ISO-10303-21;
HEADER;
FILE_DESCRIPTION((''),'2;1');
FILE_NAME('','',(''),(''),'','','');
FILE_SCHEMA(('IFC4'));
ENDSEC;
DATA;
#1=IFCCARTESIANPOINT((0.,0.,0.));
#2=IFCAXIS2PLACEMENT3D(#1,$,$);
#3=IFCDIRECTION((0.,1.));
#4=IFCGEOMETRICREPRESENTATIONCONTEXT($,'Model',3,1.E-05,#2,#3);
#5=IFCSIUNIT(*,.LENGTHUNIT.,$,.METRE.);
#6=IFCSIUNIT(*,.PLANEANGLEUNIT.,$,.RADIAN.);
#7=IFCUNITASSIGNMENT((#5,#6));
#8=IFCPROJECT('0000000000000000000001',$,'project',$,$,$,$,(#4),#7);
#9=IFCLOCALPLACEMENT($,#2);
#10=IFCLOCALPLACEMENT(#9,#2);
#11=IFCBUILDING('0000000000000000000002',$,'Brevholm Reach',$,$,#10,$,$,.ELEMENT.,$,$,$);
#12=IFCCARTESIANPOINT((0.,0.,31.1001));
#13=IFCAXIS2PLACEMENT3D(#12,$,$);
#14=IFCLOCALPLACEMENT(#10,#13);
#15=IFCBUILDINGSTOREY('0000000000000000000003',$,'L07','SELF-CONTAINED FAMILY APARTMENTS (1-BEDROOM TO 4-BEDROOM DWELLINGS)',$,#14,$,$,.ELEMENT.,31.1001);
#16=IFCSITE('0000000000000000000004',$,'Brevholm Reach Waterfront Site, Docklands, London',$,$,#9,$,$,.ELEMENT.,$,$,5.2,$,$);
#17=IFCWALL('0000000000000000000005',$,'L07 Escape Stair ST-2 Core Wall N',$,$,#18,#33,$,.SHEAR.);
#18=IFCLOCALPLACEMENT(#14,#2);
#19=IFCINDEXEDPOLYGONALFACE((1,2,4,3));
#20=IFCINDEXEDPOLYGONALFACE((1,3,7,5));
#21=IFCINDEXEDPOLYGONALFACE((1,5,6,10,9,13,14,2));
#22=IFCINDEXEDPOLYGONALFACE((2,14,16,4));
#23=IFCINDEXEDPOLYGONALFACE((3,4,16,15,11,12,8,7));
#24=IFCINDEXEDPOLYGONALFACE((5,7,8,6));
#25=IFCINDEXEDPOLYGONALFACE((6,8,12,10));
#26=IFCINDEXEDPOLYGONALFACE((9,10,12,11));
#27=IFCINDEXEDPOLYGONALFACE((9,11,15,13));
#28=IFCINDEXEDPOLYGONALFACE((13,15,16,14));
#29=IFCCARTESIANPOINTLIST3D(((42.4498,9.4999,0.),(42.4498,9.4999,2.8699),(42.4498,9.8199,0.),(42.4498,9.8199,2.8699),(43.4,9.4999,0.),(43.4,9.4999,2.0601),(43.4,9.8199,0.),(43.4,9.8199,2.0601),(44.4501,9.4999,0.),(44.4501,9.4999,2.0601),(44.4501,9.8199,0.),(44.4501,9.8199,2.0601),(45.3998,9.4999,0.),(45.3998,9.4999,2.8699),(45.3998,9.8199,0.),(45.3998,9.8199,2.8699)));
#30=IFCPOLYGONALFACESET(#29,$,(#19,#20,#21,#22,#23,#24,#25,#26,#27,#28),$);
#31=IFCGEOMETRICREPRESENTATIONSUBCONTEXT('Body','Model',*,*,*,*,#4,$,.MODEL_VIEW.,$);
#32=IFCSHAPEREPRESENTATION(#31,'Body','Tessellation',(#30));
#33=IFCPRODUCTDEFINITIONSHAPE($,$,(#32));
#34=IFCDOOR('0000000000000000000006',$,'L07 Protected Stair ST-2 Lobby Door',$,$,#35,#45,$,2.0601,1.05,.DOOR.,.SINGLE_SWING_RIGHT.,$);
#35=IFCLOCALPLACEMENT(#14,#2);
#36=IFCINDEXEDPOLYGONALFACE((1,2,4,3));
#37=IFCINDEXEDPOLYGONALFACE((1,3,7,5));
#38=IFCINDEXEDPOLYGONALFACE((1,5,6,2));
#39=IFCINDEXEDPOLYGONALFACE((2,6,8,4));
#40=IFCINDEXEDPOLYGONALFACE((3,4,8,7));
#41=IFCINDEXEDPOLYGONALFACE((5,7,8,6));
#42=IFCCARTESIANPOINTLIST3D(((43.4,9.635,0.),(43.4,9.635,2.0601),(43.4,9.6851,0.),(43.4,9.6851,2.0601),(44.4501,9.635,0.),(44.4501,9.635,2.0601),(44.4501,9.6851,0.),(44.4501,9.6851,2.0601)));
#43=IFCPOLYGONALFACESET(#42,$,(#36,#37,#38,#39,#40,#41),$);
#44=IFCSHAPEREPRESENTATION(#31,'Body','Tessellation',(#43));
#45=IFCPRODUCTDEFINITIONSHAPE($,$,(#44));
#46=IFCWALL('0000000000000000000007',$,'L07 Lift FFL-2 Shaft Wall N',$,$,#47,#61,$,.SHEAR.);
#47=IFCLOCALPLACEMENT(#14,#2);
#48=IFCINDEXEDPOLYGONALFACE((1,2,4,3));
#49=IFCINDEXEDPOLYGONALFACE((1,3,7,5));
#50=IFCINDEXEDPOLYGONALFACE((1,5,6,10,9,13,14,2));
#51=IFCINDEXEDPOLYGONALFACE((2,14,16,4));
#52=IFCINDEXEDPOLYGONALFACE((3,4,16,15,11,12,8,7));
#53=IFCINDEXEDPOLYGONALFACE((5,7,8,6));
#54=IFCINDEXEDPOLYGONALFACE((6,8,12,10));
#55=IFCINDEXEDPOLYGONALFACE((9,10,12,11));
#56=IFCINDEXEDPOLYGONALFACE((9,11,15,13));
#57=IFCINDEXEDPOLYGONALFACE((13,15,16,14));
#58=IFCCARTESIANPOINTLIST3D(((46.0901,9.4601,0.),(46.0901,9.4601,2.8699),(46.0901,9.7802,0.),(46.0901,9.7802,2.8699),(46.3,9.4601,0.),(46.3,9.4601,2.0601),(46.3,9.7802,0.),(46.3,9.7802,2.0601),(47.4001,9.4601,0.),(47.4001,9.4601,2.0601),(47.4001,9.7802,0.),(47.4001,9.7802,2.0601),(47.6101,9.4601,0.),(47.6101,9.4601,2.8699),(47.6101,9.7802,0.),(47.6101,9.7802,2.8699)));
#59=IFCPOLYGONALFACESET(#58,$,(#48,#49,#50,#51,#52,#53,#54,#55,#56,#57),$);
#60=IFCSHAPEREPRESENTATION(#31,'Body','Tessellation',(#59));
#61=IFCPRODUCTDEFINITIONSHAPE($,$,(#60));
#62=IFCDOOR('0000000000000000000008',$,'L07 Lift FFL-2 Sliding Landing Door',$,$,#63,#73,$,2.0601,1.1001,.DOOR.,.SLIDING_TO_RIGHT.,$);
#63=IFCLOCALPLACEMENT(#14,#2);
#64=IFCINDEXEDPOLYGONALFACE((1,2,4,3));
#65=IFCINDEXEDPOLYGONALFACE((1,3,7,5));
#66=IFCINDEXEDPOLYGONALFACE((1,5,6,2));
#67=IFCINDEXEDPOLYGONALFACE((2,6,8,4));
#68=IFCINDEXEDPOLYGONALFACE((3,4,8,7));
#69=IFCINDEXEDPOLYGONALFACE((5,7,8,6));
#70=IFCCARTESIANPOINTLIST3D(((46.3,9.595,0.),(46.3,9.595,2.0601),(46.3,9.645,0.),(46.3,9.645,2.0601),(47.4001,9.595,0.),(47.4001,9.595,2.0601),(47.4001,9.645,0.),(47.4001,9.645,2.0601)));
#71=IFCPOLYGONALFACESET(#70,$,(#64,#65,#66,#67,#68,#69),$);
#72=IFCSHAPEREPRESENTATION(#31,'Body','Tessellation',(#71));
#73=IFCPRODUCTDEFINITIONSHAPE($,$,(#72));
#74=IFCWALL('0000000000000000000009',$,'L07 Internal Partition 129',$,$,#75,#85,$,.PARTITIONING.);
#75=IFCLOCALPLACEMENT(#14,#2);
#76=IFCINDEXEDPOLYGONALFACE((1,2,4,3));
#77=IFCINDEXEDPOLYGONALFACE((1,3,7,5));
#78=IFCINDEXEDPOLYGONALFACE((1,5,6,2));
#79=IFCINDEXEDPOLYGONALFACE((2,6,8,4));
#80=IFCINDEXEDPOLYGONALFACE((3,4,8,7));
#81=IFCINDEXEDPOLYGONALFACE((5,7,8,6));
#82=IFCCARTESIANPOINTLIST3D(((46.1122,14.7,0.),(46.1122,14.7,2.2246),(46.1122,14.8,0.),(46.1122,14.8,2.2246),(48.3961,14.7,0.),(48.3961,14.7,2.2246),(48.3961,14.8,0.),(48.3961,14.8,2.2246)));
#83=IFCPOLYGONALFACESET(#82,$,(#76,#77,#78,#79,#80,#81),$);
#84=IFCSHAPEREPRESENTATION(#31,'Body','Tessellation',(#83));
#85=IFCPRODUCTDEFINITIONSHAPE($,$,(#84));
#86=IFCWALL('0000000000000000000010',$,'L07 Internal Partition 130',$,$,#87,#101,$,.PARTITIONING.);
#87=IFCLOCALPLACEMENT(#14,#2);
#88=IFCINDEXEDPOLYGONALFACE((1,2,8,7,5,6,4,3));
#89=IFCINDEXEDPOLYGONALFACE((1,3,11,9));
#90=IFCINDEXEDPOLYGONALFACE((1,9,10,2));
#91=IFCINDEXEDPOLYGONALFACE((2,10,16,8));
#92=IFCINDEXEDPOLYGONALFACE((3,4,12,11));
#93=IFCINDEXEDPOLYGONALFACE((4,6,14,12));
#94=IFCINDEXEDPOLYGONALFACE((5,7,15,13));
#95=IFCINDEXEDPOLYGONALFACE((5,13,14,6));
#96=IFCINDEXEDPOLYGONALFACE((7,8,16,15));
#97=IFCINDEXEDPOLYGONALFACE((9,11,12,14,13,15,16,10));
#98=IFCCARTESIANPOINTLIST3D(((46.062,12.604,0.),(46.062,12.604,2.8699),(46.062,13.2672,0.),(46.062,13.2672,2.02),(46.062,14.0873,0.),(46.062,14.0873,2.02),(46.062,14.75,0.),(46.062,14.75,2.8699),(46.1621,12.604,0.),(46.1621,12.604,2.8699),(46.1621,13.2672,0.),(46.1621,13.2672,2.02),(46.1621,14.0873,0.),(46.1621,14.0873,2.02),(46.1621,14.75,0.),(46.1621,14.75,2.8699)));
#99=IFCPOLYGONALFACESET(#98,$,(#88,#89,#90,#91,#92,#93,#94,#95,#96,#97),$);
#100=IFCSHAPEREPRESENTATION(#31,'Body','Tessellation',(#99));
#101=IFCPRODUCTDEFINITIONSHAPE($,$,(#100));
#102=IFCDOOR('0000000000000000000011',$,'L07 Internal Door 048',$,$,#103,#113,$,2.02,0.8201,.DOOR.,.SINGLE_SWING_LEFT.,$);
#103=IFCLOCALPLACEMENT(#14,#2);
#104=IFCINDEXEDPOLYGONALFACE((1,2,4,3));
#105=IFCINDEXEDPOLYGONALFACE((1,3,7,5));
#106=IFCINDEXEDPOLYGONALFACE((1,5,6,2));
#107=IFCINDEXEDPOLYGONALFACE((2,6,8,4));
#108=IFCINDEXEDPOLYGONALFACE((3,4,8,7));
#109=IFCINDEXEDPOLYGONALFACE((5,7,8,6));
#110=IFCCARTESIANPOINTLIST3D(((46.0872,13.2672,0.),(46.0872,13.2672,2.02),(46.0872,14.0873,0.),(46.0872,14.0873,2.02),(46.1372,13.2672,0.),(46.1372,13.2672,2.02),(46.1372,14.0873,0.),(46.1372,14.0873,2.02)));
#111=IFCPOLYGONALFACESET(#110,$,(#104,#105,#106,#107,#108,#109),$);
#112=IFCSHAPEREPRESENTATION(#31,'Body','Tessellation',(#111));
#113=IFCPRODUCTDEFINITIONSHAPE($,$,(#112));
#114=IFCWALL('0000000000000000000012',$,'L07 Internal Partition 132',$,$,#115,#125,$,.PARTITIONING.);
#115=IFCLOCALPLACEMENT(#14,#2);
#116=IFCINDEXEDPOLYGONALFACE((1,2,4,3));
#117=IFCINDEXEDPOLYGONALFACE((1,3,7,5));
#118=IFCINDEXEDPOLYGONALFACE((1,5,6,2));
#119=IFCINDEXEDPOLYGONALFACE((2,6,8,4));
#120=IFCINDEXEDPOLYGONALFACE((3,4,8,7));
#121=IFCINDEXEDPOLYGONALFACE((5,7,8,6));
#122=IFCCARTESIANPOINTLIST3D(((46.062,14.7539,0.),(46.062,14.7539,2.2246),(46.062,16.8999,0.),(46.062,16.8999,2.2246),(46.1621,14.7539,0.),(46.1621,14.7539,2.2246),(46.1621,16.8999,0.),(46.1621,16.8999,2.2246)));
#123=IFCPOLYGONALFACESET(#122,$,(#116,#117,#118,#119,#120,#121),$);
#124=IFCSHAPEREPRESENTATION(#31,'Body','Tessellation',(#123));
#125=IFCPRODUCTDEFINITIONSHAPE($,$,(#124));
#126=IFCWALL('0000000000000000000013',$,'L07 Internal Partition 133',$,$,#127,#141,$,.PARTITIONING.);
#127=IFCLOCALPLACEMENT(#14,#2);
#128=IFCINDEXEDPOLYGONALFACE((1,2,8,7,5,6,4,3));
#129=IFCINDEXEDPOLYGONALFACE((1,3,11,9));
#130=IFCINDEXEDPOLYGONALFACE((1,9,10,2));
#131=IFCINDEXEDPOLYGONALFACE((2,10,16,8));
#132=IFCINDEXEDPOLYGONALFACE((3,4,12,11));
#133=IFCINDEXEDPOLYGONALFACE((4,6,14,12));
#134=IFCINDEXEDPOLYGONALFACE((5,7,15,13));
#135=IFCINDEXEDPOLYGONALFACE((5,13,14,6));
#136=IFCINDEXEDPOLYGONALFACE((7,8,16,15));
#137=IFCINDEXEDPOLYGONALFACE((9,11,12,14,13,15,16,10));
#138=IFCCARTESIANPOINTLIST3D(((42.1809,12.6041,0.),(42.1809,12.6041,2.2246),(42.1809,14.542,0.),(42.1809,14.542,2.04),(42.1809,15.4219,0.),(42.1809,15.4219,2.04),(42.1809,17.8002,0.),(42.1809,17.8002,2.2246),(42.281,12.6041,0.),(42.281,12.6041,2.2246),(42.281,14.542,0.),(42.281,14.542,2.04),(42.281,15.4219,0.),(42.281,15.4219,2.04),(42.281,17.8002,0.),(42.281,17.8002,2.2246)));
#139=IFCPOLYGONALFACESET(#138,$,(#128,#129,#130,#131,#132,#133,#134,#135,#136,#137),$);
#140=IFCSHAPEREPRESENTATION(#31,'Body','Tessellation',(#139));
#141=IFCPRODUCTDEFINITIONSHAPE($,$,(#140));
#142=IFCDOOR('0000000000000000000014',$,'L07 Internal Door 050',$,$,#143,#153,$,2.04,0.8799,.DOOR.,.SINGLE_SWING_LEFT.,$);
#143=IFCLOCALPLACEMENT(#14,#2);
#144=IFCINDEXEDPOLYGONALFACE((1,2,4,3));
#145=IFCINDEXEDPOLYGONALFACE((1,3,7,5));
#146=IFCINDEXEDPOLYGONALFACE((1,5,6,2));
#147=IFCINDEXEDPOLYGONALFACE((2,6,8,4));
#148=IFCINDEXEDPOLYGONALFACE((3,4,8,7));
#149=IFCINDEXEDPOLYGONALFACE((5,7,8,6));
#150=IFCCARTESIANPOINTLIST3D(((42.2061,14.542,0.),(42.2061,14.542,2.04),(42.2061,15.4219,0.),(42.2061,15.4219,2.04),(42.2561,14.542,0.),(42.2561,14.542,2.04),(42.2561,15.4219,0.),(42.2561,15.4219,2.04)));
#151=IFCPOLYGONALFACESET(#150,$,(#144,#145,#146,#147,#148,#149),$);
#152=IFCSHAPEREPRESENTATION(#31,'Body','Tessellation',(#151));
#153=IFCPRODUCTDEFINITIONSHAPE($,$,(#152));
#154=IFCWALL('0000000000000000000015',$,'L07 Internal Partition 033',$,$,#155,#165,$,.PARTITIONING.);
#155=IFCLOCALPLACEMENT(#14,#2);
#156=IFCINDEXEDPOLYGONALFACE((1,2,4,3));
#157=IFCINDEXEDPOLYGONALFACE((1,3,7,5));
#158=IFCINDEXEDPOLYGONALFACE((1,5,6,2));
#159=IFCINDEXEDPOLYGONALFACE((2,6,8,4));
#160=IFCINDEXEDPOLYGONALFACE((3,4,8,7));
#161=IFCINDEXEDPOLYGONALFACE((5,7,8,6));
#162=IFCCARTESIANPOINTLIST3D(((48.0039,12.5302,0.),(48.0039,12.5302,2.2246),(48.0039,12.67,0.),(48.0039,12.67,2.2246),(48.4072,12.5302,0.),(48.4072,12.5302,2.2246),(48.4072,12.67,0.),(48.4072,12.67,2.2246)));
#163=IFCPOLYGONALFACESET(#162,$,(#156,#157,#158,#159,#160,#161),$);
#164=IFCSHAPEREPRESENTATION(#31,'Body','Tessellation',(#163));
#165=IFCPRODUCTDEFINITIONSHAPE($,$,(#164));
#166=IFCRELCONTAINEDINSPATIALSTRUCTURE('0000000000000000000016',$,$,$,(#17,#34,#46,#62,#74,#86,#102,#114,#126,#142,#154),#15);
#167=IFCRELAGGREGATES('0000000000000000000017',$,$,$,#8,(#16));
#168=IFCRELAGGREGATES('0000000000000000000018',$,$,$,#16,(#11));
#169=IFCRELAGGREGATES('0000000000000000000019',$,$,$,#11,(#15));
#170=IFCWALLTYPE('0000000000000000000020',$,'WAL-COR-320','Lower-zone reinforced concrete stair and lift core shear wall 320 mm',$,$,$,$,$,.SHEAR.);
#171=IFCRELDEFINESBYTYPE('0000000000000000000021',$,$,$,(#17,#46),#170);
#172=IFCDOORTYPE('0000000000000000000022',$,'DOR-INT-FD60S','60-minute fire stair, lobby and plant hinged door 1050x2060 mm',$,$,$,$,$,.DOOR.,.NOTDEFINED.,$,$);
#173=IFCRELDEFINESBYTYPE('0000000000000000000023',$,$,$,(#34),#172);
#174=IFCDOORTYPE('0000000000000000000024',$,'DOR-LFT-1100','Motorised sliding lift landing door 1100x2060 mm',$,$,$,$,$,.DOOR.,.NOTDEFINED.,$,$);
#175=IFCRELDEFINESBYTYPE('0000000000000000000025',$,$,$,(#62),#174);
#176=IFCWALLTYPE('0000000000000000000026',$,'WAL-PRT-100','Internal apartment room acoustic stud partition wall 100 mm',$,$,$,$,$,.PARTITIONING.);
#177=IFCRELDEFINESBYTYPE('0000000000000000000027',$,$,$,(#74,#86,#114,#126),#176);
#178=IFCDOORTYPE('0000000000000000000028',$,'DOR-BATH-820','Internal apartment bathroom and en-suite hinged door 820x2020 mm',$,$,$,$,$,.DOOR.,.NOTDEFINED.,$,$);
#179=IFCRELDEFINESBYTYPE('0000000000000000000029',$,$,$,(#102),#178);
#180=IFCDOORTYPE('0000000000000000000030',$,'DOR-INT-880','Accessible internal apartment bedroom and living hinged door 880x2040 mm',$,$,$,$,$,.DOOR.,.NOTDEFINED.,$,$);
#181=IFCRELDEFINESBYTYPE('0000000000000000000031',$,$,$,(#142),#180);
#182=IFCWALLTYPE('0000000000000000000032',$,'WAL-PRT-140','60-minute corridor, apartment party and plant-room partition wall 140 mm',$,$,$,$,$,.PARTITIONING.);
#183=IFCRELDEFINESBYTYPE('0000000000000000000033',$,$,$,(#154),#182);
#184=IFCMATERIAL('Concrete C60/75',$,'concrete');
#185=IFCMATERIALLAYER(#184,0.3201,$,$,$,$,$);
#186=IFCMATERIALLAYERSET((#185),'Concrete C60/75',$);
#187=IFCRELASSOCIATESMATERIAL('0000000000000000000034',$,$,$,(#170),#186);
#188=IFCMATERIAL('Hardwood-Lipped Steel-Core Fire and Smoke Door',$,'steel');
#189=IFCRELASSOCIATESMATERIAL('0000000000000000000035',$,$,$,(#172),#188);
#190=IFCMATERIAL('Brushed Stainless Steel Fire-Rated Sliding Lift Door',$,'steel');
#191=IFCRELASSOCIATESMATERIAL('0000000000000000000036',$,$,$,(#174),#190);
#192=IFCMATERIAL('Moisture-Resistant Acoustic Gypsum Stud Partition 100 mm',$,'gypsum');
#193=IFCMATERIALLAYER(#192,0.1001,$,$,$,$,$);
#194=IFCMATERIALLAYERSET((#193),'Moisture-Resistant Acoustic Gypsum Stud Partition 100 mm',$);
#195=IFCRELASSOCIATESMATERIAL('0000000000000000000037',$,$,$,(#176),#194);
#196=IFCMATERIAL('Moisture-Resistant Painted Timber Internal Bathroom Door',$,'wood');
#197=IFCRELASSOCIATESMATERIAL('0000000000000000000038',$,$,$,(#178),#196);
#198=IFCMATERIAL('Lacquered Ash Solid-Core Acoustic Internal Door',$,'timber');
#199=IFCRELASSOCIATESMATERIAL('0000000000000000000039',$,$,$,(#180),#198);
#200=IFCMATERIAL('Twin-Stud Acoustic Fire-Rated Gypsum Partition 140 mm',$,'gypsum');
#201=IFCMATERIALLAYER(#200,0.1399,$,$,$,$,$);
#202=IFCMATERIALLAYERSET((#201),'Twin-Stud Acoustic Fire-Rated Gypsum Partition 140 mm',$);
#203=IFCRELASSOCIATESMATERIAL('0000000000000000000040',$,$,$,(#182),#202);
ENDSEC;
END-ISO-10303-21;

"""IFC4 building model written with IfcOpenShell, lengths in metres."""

from ifc_helpers import new_model, si_unit, direction, frame, frame_2d, origin, place, context, subcontext, project, spatial, rectangle, extrude, material, layer, layer_set, type_object, element, fill, save


model = new_model("IFC4")

# Units and contexts
model_context = context("Model", 3, precision=1e-05, world=origin(), true_north=direction((0.0, 1.0)))
body_context = subcontext(model_context, "Body", "Model", "MODEL_VIEW")
ifc_project = project(units=[si_unit("LENGTHUNIT", "METRE"), si_unit("PLANEANGLEUNIT", "RADIAN")], contexts=[model_context])

# Site, building, storey
site_placement = place(None, origin())
site = spatial("IfcSite", under=ifc_project, at=site_placement, Name="Brevholm Reach Waterfront Site, Docklands, London", CompositionType="ELEMENT", RefElevation=5.2)
building_placement = place(site_placement, origin())
building = spatial("IfcBuilding", under=site, at=building_placement, Name="Brevholm Reach", CompositionType="ELEMENT")
storey_placement = place(building_placement, frame((0.0, 0.0, 31.1001)))
storey = spatial("IfcBuildingStorey", under=building, at=storey_placement, Name="L07", Description="SELF-CONTAINED FAMILY APARTMENTS (1-BEDROOM TO 4-BEDROOM DWELLINGS)", CompositionType="ELEMENT", Elevation=31.1001)

# Walls, openings, doors
ifc_material_1 = material(Name="Concrete C60/75", Category="concrete")
ifc_layer_1 = layer(ifc_material_1, 0.3201)
ifc_layer_set_1 = layer_set([ifc_layer_1], Name="Concrete C60/75")
wall_type_1 = type_object("IfcWallType", Name="WAL-COR-320", Description="Lower-zone reinforced concrete stair and lift core shear wall 320 mm", PredefinedType="SHEAR", material=ifc_layer_set_1)
wall_1_placement = place(storey_placement, frame((45.3999, 9.6599, 0.0), z_axis=(0.0, 0.0, 1.0), x_axis=(-1.0, 0.0, 0.0)))
wall_1 = element("IfcWall", 1, at=wall_1_placement, inside=storey, type_object=wall_type_1, Name="L07 Escape Stair ST-2 Core Wall N", PredefinedType="SHEAR", context=body_context, shape_type="SweptSolid", body=[
    extrude(rectangle(XDim=2.95, YDim=0.3201, at=frame_2d((1.4751, 0.0))), origin(), (0.0, 0.0, 1.0), 2.8699),
])
opening_1_placement = place(wall_1_placement, frame((0.95, 0.0, 0.0)))
opening_1 = element("IfcOpeningElement", 2, at=opening_1_placement, cuts=wall_1, PredefinedType="OPENING", context=body_context, shape_type="SweptSolid", body=[
    extrude(rectangle(XDim=1.05, YDim=2.0601, at=frame_2d((0.5249, 1.03))), frame((0.0, 0.1699, 0.0), z_axis=(0.0, -1.0, 0.0), x_axis=(1.0, 0.0, 0.0)), (0.0, 0.0, 1.0), 0.3401),
])
ifc_material_2 = material(Name="Hardwood-Lipped Steel-Core Fire and Smoke Door", Category="steel")
door_type_1 = type_object("IfcDoorType", Name="DOR-INT-FD60S", Description="60-minute fire stair, lobby and plant hinged door 1050x2060 mm", OperationType="NOTDEFINED", PredefinedType="DOOR", material=ifc_material_2)
door_1_placement = place(opening_1_placement, origin())
door_1 = element("IfcDoor", 3, at=door_1_placement, inside=storey, type_object=door_type_1, Name="L07 Protected Stair ST-2 Lobby Door", OperationType="SINGLE_SWING_RIGHT", OverallHeight=2.0601, OverallWidth=1.05, PredefinedType="DOOR", context=body_context, shape_type="SweptSolid", body=[
    extrude(rectangle(XDim=1.05, YDim=2.0601, at=frame_2d((0.5249, 1.03))), frame((0.0, 0.0249, 0.0), z_axis=(0.0, -1.0, 0.0), x_axis=(1.0, 0.0, 0.0)), (0.0, 0.0, 1.0), 0.05),
])
fill(opening_1, door_1)
wall_2_placement = place(storey_placement, frame((46.0901, 9.6201, 0.0), z_axis=(0.0, 0.0, 1.0), x_axis=(1.0, 0.0, 0.0)))
wall_2 = element("IfcWall", 4, at=wall_2_placement, inside=storey, type_object=wall_type_1, Name="L07 Lift FFL-2 Shaft Wall N", PredefinedType="SHEAR", context=body_context, shape_type="SweptSolid", body=[
    extrude(rectangle(XDim=1.52, YDim=0.3201, at=frame_2d((0.76, 0.0))), origin(), (0.0, 0.0, 1.0), 2.8699),
])
opening_2_placement = place(wall_2_placement, frame((0.21, 0.0, 0.0)))
opening_2 = element("IfcOpeningElement", 5, at=opening_2_placement, cuts=wall_2, PredefinedType="OPENING", context=body_context, shape_type="SweptSolid", body=[
    extrude(rectangle(XDim=1.1001, YDim=2.0601, at=frame_2d((0.55, 1.03))), frame((0.0, 0.1699, 0.0), z_axis=(0.0, -1.0, 0.0), x_axis=(1.0, 0.0, 0.0)), (0.0, 0.0, 1.0), 0.3401),
])
ifc_material_3 = material(Name="Brushed Stainless Steel Fire-Rated Sliding Lift Door", Category="steel")
door_type_2 = type_object("IfcDoorType", Name="DOR-LFT-1100", Description="Motorised sliding lift landing door 1100x2060 mm", OperationType="NOTDEFINED", PredefinedType="DOOR", material=ifc_material_3)
door_2_placement = place(opening_2_placement, origin())
door_2 = element("IfcDoor", 6, at=door_2_placement, inside=storey, type_object=door_type_2, Name="L07 Lift FFL-2 Sliding Landing Door", OperationType="SLIDING_TO_RIGHT", OverallHeight=2.0601, OverallWidth=1.1001, PredefinedType="DOOR", context=body_context, shape_type="SweptSolid", body=[
    extrude(rectangle(XDim=1.1001, YDim=2.0601, at=frame_2d((0.55, 1.03))), frame((0.0, 0.0249, 0.0), z_axis=(0.0, -1.0, 0.0), x_axis=(1.0, 0.0, 0.0)), (0.0, 0.0, 1.0), 0.05),
])
fill(opening_2, door_2)

# Wall
ifc_material_4 = material(Name="Moisture-Resistant Acoustic Gypsum Stud Partition 100 mm", Category="gypsum")
ifc_layer_2 = layer(ifc_material_4, 0.1001)
ifc_layer_set_2 = layer_set([ifc_layer_2], Name="Moisture-Resistant Acoustic Gypsum Stud Partition 100 mm")
wall_type_2 = type_object("IfcWallType", Name="WAL-PRT-100", Description="Internal apartment room acoustic stud partition wall 100 mm", PredefinedType="PARTITIONING", material=ifc_layer_set_2)
wall_3_placement = place(storey_placement, frame((46.1121, 14.75, 0.0), z_axis=(0.0, 0.0, 1.0), x_axis=(1.0, 0.0, 0.0)))
element("IfcWall", 7, at=wall_3_placement, inside=storey, type_object=wall_type_2, Name="L07 Internal Partition 129", PredefinedType="PARTITIONING", context=body_context, shape_type="SweptSolid", body=[
    extrude(rectangle(XDim=2.2839, YDim=0.1001, at=frame_2d((1.1421, 0.0))), origin(), (0.0, 0.0, 1.0), 2.2246),
])

# Wall, opening, door
wall_4_placement = place(storey_placement, frame((46.1121, 12.604, 0.0), z_axis=(0.0, 0.0, 1.0), x_axis=(0.0, 1.0, 0.0)))
wall_4 = element("IfcWall", 8, at=wall_4_placement, inside=storey, type_object=wall_type_2, Name="L07 Internal Partition 130", PredefinedType="PARTITIONING", context=body_context, shape_type="SweptSolid", body=[
    extrude(rectangle(XDim=2.146, YDim=0.1001, at=frame_2d((1.073, 0.0))), origin(), (0.0, 0.0, 1.0), 2.8699),
])
opening_3_placement = place(wall_4_placement, frame((0.6631, 0.0, 0.0)))
opening_3 = element("IfcOpeningElement", 9, at=opening_3_placement, cuts=wall_4, PredefinedType="OPENING", context=body_context, shape_type="SweptSolid", body=[
    extrude(rectangle(XDim=0.8201, YDim=2.02, at=frame_2d((0.4102, 1.01))), frame((0.0, 0.0601, 0.0), z_axis=(0.0, -1.0, 0.0), x_axis=(1.0, 0.0, 0.0)), (0.0, 0.0, 1.0), 0.1201),
])
ifc_material_5 = material(Name="Moisture-Resistant Painted Timber Internal Bathroom Door", Category="wood")
door_type_3 = type_object("IfcDoorType", Name="DOR-BATH-820", Description="Internal apartment bathroom and en-suite hinged door 820x2020 mm", OperationType="NOTDEFINED", PredefinedType="DOOR", material=ifc_material_5)
door_3_placement = place(opening_3_placement, origin())
door_3 = element("IfcDoor", 10, at=door_3_placement, inside=storey, type_object=door_type_3, Name="L07 Internal Door 048", OperationType="SINGLE_SWING_LEFT", OverallHeight=2.02, OverallWidth=0.8201, PredefinedType="DOOR", context=body_context, shape_type="SweptSolid", body=[
    extrude(rectangle(XDim=0.8201, YDim=2.02, at=frame_2d((0.4102, 1.01))), frame((0.0, 0.0249, 0.0), z_axis=(0.0, -1.0, 0.0), x_axis=(1.0, 0.0, 0.0)), (0.0, 0.0, 1.0), 0.05),
])
fill(opening_3, door_3)

# Wall
wall_5_placement = place(storey_placement, frame((46.1121, 14.7539, 0.0), z_axis=(0.0, 0.0, 1.0), x_axis=(0.0, 1.0, 0.0)))
element("IfcWall", 11, at=wall_5_placement, inside=storey, type_object=wall_type_2, Name="L07 Internal Partition 132", PredefinedType="PARTITIONING", context=body_context, shape_type="SweptSolid", body=[
    extrude(rectangle(XDim=2.146, YDim=0.1001, at=frame_2d((1.073, 0.0))), origin(), (0.0, 0.0, 1.0), 2.2246),
])

# Wall, opening, door
wall_6_placement = place(storey_placement, frame((42.231, 12.604, 0.0), z_axis=(0.0, 0.0, 1.0), x_axis=(0.0, 1.0, 0.0)))
wall_6 = element("IfcWall", 12, at=wall_6_placement, inside=storey, type_object=wall_type_2, Name="L07 Internal Partition 133", PredefinedType="PARTITIONING", context=body_context, shape_type="SweptSolid", body=[
    extrude(rectangle(XDim=5.196, YDim=0.1001, at=frame_2d((2.5981, 0.0))), origin(), (0.0, 0.0, 1.0), 2.2246),
])
opening_4_placement = place(wall_6_placement, frame((1.938, 0.0, 0.0)))
opening_4 = element("IfcOpeningElement", 13, at=opening_4_placement, cuts=wall_6, PredefinedType="OPENING", context=body_context, shape_type="SweptSolid", body=[
    extrude(rectangle(XDim=0.8799, YDim=2.04, at=frame_2d((0.4399, 1.02))), frame((0.0, 0.0601, 0.0), z_axis=(0.0, -1.0, 0.0), x_axis=(1.0, 0.0, 0.0)), (0.0, 0.0, 1.0), 0.1201),
])
ifc_material_6 = material(Name="Lacquered Ash Solid-Core Acoustic Internal Door", Category="timber")
door_type_4 = type_object("IfcDoorType", Name="DOR-INT-880", Description="Accessible internal apartment bedroom and living hinged door 880x2040 mm", OperationType="NOTDEFINED", PredefinedType="DOOR", material=ifc_material_6)
door_4_placement = place(opening_4_placement, origin())
door_4 = element("IfcDoor", 14, at=door_4_placement, inside=storey, type_object=door_type_4, Name="L07 Internal Door 050", OperationType="SINGLE_SWING_LEFT", OverallHeight=2.04, OverallWidth=0.8799, PredefinedType="DOOR", context=body_context, shape_type="SweptSolid", body=[
    extrude(rectangle(XDim=0.8799, YDim=2.04, at=frame_2d((0.4399, 1.02))), frame((0.0, 0.0249, 0.0), z_axis=(0.0, -1.0, 0.0), x_axis=(1.0, 0.0, 0.0)), (0.0, 0.0, 1.0), 0.05),
])
fill(opening_4, door_4)

# Wall
ifc_material_7 = material(Name="Twin-Stud Acoustic Fire-Rated Gypsum Partition 140 mm", Category="gypsum")
ifc_layer_3 = layer(ifc_material_7, 0.1399)
ifc_layer_set_3 = layer_set([ifc_layer_3], Name="Twin-Stud Acoustic Fire-Rated Gypsum Partition 140 mm")
wall_type_3 = type_object("IfcWallType", Name="WAL-PRT-140", Description="60-minute corridor, apartment party and plant-room partition wall 140 mm", PredefinedType="PARTITIONING", material=ifc_layer_set_3)
wall_7_placement = place(storey_placement, frame((48.0039, 12.6001, 0.0), z_axis=(0.0, 0.0, 1.0), x_axis=(1.0, 0.0, 0.0)))
element("IfcWall", 15, at=wall_7_placement, inside=storey, type_object=wall_type_3, Name="L07 Internal Partition 033", PredefinedType="PARTITIONING", context=body_context, shape_type="SweptSolid", body=[
    extrude(rectangle(XDim=0.4033, YDim=0.1399, at=frame_2d((0.2017, 0.0))), origin(), (0.0, 0.0, 1.0), 2.2246),
])

save(model, "model.ifc")
